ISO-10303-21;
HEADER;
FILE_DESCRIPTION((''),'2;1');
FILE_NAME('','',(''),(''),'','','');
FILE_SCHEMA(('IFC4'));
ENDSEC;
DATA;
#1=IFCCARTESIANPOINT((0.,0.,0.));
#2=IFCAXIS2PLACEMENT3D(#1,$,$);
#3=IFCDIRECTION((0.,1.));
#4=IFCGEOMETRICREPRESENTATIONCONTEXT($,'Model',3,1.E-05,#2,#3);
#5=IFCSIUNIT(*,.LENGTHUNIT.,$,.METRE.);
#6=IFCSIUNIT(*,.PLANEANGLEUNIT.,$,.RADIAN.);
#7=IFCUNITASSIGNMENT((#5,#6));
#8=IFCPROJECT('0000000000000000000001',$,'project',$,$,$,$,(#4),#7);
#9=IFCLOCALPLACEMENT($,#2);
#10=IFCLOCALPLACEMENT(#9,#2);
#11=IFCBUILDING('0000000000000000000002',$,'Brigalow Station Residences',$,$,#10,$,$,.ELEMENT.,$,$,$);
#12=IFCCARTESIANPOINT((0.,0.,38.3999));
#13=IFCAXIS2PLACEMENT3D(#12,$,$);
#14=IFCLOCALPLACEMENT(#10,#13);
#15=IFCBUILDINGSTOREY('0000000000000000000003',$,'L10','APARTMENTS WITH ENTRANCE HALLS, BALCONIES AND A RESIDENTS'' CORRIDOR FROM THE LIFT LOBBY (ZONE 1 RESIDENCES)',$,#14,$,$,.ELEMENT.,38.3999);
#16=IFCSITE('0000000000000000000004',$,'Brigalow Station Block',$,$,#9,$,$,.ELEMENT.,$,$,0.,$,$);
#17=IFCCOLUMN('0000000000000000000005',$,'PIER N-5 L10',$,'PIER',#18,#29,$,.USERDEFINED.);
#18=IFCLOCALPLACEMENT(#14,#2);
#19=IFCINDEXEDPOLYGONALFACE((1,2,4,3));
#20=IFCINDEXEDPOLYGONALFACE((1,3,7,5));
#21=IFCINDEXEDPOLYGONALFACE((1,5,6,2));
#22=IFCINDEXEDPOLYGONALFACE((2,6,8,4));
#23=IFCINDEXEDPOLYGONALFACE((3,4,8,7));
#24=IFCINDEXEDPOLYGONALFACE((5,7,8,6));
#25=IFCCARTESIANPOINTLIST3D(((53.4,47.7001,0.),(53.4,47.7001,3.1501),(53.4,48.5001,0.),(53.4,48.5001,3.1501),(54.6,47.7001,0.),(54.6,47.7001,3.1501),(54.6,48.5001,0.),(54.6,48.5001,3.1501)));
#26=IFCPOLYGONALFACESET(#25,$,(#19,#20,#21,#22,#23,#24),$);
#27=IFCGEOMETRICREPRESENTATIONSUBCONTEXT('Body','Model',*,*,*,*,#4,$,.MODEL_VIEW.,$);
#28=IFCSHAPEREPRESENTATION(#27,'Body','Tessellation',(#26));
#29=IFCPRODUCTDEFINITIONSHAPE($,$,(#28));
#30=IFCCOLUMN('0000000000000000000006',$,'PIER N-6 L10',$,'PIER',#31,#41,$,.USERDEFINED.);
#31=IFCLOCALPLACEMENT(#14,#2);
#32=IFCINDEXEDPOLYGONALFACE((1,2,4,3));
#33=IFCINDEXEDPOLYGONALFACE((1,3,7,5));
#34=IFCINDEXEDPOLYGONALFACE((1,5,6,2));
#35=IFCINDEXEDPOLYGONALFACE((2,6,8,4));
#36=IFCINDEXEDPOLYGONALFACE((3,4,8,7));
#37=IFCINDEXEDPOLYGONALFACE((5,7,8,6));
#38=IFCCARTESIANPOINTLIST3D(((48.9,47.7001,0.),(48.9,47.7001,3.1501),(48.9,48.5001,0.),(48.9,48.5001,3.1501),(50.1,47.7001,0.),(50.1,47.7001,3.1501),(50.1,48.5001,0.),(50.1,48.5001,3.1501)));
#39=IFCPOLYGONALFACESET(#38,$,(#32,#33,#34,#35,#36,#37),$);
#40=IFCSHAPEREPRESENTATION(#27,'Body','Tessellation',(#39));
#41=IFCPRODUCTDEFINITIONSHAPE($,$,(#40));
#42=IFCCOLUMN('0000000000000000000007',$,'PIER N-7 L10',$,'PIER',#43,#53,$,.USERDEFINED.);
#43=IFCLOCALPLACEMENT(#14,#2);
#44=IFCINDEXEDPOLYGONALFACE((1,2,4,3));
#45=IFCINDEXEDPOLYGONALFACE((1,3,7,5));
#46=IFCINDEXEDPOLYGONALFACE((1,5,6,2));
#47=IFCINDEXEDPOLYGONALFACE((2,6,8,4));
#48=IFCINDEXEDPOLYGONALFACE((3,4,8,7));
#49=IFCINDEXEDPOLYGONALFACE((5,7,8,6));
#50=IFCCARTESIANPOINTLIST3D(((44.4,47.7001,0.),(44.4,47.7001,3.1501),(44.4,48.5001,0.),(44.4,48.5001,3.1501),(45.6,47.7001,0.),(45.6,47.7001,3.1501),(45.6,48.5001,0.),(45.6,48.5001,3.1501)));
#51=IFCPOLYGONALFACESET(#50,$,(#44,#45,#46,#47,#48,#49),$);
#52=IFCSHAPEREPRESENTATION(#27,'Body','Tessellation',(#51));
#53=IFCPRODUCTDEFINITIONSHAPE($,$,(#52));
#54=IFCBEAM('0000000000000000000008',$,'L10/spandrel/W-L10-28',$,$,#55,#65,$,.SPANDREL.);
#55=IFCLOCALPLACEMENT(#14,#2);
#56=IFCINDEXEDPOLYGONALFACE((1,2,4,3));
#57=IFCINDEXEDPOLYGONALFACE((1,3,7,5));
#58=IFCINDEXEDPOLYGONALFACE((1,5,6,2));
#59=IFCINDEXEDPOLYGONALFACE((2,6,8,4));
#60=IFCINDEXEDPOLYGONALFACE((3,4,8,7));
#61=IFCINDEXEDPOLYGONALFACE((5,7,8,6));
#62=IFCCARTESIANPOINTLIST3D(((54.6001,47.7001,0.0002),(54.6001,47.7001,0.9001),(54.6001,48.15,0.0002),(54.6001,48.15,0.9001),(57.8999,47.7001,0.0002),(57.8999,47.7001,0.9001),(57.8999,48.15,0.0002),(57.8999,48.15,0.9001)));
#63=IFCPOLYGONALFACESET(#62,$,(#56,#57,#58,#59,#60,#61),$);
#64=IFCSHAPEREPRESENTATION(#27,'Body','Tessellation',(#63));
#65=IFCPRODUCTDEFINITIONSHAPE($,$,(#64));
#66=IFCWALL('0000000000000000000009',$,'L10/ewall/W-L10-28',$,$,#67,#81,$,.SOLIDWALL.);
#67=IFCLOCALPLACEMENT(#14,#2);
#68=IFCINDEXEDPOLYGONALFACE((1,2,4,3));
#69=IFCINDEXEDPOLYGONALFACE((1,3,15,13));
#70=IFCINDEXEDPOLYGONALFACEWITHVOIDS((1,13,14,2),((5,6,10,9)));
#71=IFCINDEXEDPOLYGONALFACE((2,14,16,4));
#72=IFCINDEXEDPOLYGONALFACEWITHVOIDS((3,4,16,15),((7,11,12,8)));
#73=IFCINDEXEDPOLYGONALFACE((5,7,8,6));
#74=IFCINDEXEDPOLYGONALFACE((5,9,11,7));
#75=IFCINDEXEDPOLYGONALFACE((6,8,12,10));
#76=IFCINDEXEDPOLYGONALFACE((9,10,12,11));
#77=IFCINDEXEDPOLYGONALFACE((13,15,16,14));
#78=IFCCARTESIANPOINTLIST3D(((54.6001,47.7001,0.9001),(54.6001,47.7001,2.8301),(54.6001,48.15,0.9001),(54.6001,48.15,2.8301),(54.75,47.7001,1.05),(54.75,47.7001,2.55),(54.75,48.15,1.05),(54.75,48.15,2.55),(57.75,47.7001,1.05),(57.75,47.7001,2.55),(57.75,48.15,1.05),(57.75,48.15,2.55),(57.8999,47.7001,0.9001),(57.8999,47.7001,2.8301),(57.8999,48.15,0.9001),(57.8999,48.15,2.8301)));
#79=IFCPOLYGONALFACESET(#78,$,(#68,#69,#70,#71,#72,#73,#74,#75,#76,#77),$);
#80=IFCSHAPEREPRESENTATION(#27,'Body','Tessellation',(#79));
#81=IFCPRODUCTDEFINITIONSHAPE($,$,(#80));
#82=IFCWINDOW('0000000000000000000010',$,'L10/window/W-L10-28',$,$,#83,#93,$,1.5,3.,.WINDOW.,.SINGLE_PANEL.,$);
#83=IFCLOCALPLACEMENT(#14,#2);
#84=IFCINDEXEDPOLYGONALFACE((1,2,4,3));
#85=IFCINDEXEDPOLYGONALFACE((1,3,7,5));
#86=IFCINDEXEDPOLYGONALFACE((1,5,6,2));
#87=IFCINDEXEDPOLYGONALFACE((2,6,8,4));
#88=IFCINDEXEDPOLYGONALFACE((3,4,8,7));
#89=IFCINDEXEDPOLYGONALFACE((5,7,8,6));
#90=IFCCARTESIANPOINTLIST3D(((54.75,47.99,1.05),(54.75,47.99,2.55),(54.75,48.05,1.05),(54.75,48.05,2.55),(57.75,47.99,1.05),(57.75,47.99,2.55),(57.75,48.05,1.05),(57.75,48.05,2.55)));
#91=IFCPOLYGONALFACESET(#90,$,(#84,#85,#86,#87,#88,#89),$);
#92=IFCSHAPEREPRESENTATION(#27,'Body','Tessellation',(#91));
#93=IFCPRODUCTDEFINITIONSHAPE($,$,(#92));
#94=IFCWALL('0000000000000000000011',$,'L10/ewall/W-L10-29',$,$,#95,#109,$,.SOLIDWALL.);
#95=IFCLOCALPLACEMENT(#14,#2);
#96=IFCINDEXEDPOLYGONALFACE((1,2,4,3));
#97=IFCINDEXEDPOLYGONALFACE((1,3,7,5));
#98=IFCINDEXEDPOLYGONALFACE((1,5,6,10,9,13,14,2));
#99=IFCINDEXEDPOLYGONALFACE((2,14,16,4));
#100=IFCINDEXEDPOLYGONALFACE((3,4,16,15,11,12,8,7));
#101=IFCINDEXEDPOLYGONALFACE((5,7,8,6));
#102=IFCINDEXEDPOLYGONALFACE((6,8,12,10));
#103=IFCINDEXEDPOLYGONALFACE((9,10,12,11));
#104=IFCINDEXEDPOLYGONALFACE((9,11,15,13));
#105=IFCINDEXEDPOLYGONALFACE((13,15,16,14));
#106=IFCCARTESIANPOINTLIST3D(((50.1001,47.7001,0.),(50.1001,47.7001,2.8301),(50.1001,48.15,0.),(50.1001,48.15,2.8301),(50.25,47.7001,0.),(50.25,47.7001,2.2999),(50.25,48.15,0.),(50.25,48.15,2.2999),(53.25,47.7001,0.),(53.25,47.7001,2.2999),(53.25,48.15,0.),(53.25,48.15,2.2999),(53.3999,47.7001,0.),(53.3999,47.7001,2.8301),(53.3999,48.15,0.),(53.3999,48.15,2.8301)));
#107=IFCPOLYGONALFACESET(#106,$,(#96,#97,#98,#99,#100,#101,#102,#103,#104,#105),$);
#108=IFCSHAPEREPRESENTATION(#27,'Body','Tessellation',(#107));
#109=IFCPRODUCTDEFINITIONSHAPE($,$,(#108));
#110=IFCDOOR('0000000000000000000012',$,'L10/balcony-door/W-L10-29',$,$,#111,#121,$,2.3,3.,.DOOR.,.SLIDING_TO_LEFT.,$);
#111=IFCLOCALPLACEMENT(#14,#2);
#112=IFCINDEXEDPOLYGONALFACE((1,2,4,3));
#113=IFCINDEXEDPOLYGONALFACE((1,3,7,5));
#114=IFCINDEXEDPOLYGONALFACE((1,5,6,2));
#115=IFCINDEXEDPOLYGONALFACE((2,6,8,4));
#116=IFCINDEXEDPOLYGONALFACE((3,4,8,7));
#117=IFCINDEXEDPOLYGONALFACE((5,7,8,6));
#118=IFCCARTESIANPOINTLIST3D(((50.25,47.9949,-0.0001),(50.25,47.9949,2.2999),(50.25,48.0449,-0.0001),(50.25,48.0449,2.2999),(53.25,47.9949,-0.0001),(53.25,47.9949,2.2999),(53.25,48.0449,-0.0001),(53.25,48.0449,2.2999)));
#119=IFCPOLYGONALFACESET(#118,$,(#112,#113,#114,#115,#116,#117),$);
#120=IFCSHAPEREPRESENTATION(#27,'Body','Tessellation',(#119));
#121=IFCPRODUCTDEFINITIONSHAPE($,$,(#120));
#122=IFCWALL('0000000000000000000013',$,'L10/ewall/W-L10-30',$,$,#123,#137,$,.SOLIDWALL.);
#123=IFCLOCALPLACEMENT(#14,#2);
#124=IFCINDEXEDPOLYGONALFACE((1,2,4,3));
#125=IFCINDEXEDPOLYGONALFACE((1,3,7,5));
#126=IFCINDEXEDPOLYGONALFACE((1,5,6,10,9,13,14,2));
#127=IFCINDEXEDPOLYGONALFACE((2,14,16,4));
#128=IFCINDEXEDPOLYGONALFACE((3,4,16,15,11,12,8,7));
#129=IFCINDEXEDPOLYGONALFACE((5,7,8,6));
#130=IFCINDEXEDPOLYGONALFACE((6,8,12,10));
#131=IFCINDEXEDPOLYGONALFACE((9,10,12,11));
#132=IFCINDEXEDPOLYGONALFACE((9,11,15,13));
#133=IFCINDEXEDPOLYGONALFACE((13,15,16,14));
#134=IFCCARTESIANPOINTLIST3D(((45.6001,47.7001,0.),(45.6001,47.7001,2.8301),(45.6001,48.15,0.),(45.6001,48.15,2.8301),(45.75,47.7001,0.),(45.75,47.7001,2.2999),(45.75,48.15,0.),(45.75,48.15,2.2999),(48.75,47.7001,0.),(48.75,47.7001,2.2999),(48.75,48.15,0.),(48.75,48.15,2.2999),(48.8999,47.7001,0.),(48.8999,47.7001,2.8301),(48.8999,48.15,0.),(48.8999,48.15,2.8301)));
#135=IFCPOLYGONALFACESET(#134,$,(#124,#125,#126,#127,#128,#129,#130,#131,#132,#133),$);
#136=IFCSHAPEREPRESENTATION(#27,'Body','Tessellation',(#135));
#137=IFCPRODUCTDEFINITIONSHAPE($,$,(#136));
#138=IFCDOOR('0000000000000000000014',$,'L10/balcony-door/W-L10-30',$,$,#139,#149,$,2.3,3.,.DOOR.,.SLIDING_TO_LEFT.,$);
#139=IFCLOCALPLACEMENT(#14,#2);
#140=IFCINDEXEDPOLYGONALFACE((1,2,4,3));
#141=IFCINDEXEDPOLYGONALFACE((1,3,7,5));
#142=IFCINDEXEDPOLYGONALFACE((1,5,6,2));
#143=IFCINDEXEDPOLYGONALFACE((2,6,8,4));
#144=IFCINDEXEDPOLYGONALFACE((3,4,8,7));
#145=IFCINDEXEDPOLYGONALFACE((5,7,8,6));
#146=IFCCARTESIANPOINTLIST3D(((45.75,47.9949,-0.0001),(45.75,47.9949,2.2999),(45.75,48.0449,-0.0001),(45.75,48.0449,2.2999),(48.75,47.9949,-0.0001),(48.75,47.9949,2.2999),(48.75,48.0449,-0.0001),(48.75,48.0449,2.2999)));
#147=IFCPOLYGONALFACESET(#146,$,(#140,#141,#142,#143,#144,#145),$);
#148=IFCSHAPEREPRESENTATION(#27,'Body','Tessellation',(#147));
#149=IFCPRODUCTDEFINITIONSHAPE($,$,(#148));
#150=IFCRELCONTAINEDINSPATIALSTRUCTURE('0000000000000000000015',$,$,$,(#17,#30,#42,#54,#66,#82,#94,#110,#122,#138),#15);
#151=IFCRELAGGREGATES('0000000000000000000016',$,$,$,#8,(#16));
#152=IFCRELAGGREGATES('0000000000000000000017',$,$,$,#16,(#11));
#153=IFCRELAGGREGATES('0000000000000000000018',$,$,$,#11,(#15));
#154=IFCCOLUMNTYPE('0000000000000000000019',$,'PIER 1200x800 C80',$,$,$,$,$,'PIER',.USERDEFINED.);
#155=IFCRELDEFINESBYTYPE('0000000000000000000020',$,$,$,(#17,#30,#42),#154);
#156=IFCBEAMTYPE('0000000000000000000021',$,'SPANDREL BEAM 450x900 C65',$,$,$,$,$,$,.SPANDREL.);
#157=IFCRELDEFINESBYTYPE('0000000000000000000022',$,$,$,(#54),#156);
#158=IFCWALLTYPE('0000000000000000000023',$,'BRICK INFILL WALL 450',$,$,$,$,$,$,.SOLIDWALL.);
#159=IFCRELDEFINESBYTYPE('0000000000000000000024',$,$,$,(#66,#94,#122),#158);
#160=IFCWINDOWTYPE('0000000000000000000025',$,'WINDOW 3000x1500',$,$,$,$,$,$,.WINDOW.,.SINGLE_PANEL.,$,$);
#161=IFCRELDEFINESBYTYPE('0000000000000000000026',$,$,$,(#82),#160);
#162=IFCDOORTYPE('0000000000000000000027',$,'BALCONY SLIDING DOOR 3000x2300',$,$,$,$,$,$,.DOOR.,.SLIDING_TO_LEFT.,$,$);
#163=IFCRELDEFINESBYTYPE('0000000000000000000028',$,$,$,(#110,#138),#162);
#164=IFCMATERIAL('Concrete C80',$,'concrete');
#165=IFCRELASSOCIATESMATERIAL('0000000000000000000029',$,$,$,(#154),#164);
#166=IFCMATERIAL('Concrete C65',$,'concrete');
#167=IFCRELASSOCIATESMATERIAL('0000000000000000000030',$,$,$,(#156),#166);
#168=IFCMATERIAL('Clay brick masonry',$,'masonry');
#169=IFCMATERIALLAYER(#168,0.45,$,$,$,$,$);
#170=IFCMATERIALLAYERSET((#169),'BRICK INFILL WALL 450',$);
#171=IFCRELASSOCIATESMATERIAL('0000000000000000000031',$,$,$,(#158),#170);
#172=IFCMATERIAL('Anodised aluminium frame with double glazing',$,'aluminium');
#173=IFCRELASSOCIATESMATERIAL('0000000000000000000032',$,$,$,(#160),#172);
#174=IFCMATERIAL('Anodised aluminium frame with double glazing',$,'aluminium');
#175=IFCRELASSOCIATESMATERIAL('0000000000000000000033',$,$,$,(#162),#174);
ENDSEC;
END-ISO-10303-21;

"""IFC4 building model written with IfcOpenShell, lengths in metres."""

from ifc_helpers import new_model, si_unit, direction, frame, frame_2d, origin, origin_2d, place, context, subcontext, project, spatial, rectangle, extrude, material, layer, layer_set, material_profile, profile_set, type_object, element, fill, save


model = new_model("IFC4")

# Units and contexts
model_context = context("Model", 3, precision=1e-05, world=origin(), true_north=direction((0.0, 1.0)))
body_context = subcontext(model_context, "Body", "Model", "MODEL_VIEW")
ifc_project = project(units=[si_unit("LENGTHUNIT", "METRE"), si_unit("PLANEANGLEUNIT", "RADIAN")], contexts=[model_context])

# Site, building, storey
site_placement = place(None, origin())
site = spatial("IfcSite", under=ifc_project, at=site_placement, Name="Brigalow Station Block", CompositionType="ELEMENT", RefElevation=0.0)
building_placement = place(site_placement, origin())
building = spatial("IfcBuilding", under=site, at=building_placement, Name="Brigalow Station Residences", CompositionType="ELEMENT")
storey_placement = place(building_placement, frame((0.0, 0.0, 38.3999)))
storey = spatial("IfcBuildingStorey", under=building, at=storey_placement, Name="L10", Description="APARTMENTS WITH ENTRANCE HALLS, BALCONIES AND A RESIDENTS' CORRIDOR FROM THE LIFT LOBBY (ZONE 1 RESIDENCES)", CompositionType="ELEMENT", Elevation=38.3999)

# Columns
ifc_material_1 = material(Name="Concrete C80", Category="concrete")
ifc_material_profile_1 = material_profile(ifc_material_1, rectangle(XDim=1.2, YDim=0.8, at=origin_2d()), Name="RC1200x800")
ifc_profile_set_1 = profile_set([ifc_material_profile_1], Name="Concrete C80")
column_type = type_object("IfcColumnType", Name="PIER 1200x800 C80", ElementType="PIER", PredefinedType="USERDEFINED", material=ifc_profile_set_1)
for number, where, z_axis, x_axis, name in (
    (1, (54.0, 48.1001, 0.0), (0.0, 0.0, 1.0), (-1.0, 0.0, 0.0), "PIER N-5 L10"),
    (2, (49.5, 48.1001, 0.0), (0.0, 0.0, 1.0), (-1.0, 0.0, 0.0), "PIER N-6 L10"),
    (3, (45.0, 48.1001, 0.0), (0.0, 0.0, 1.0), (-1.0, 0.0, 0.0), "PIER N-7 L10"),
):
    element("IfcColumn", number, at=place(storey_placement, frame(where, z_axis=z_axis, x_axis=x_axis)), inside=storey, type_object=column_type, Name=name, ObjectType="PIER", PredefinedType="USERDEFINED", context=body_context, shape_type="SweptSolid", body=[
        extrude(rectangle(XDim=1.2, YDim=0.8, at=origin_2d()), origin(), (0.0, 0.0, 1.0), 3.1501),
    ])

# Beam
ifc_material_2 = material(Name="Concrete C65", Category="concrete")
ifc_material_profile_2 = material_profile(ifc_material_2, rectangle(XDim=0.45, YDim=0.8999, at=origin_2d()), Name="RC450x900")
ifc_profile_set_2 = profile_set([ifc_material_profile_2], Name="Concrete C65")
beam_type = type_object("IfcBeamType", Name="SPANDREL BEAM 450x900 C65", PredefinedType="SPANDREL", material=ifc_profile_set_2)
beam_placement = place(storey_placement, frame((57.8999, 47.925, 0.4502), z_axis=(-1.0, 0.0, 0.0), x_axis=(0.0, -1.0, 0.0)))
element("IfcBeam", 4, at=beam_placement, inside=storey, type_object=beam_type, Name="L10/spandrel/W-L10-28", PredefinedType="SPANDREL", context=body_context, shape_type="SweptSolid", body=[
    extrude(rectangle(XDim=0.45, YDim=0.8999, at=origin_2d()), origin(), (0.0, 0.0, 1.0), 3.2998),
])

# Wall, opening, window
ifc_material_3 = material(Name="Clay brick masonry", Category="masonry")
ifc_layer_1 = layer(ifc_material_3, 0.45)
ifc_layer_set_1 = layer_set([ifc_layer_1], Name="BRICK INFILL WALL 450")
wall_type_1 = type_object("IfcWallType", Name="BRICK INFILL WALL 450", PredefinedType="SOLIDWALL", material=ifc_layer_set_1)
wall_1_placement = place(storey_placement, frame((57.8999, 47.925, 0.9001), z_axis=(0.0, 0.0, 1.0), x_axis=(-1.0, 0.0, 0.0)))
wall_1 = element("IfcWall", 5, at=wall_1_placement, inside=storey, type_object=wall_type_1, Name="L10/ewall/W-L10-28", PredefinedType="SOLIDWALL", context=body_context, shape_type="SweptSolid", body=[
    extrude(rectangle(XDim=3.2998, YDim=0.45, at=frame_2d((1.6499, 0.0))), origin(), (0.0, 0.0, 1.0), 1.9299),
])
opening_1_placement = place(wall_1_placement, frame((0.1499, 0.0, 0.1499)))
opening_1 = element("IfcOpeningElement", 6, at=opening_1_placement, cuts=wall_1, PredefinedType="OPENING", context=body_context, shape_type="SweptSolid", body=[
    extrude(rectangle(XDim=3.0, YDim=1.5, at=frame_2d((1.5, 0.75))), frame((0.0, 0.2349, 0.0), z_axis=(0.0, -1.0, 0.0), x_axis=(1.0, 0.0, 0.0)), (0.0, 0.0, 1.0), 0.47),
])
ifc_material_4 = material(Name="Anodised aluminium frame with double glazing", Category="aluminium")
window_type = type_object("IfcWindowType", Name="WINDOW 3000x1500", PartitioningType="SINGLE_PANEL", PredefinedType="WINDOW", material=ifc_material_4)
window_placement = place(opening_1_placement, origin())
window = element("IfcWindow", 7, at=window_placement, inside=storey, type_object=window_type, Name="L10/window/W-L10-28", OverallHeight=1.5, OverallWidth=3.0, PartitioningType="SINGLE_PANEL", PredefinedType="WINDOW", context=body_context, shape_type="SweptSolid", body=[
    extrude(rectangle(XDim=3.0, YDim=1.5, at=frame_2d((1.5, 0.75))), frame((0.0, -0.0649, 0.0), z_axis=(0.0, -1.0, 0.0), x_axis=(1.0, 0.0, 0.0)), (0.0, 0.0, 1.0), 0.0601),
])
fill(opening_1, window)

# Walls, openings, doors
wall_2_placement = place(storey_placement, frame((53.3999, 47.925, 0.0), z_axis=(0.0, 0.0, 1.0), x_axis=(-1.0, 0.0, 0.0)))
wall_2 = element("IfcWall", 8, at=wall_2_placement, inside=storey, type_object=wall_type_1, Name="L10/ewall/W-L10-29", PredefinedType="SOLIDWALL", context=body_context, shape_type="SweptSolid", body=[
    extrude(rectangle(XDim=3.2998, YDim=0.45, at=frame_2d((1.6499, 0.0))), origin(), (0.0, 0.0, 1.0), 2.8301),
])
opening_2_placement = place(wall_2_placement, frame((0.1499, 0.0, 0.0)))
opening_2 = element("IfcOpeningElement", 9, at=opening_2_placement, cuts=wall_2, PredefinedType="OPENING", context=body_context, shape_type="SweptSolid", body=[
    extrude(rectangle(XDim=3.0, YDim=2.3, at=frame_2d((1.5, 1.1499))), frame((0.0, 0.2349, 0.0), z_axis=(0.0, -1.0, 0.0), x_axis=(1.0, 0.0, 0.0)), (0.0, 0.0, 1.0), 0.47),
])
ifc_material_5 = material(Name="Anodised aluminium frame with double glazing", Category="aluminium")
door_type_1 = type_object("IfcDoorType", Name="BALCONY SLIDING DOOR 3000x2300", OperationType="SLIDING_TO_LEFT", PredefinedType="DOOR", material=ifc_material_5)
door_1_placement = place(opening_2_placement, origin())
door_1 = element("IfcDoor", 10, at=door_1_placement, inside=storey, type_object=door_type_1, Name="L10/balcony-door/W-L10-29", OperationType="SLIDING_TO_LEFT", OverallHeight=2.3, OverallWidth=3.0, PredefinedType="DOOR", context=body_context, shape_type="SweptSolid", body=[
    extrude(rectangle(XDim=3.0, YDim=2.3, at=frame_2d((1.5, 1.1499))), frame((0.0, -0.0698, 0.0), z_axis=(0.0, -1.0, 0.0), x_axis=(1.0, 0.0, 0.0)), (0.0, 0.0, 1.0), 0.05),
])
fill(opening_2, door_1)
wall_3_placement = place(storey_placement, frame((48.8999, 47.925, 0.0), z_axis=(0.0, 0.0, 1.0), x_axis=(-1.0, 0.0, 0.0)))
wall_3 = element("IfcWall", 11, at=wall_3_placement, inside=storey, type_object=wall_type_1, Name="L10/ewall/W-L10-30", PredefinedType="SOLIDWALL", context=body_context, shape_type="SweptSolid", body=[
    extrude(rectangle(XDim=3.2998, YDim=0.45, at=frame_2d((1.6499, 0.0))), origin(), (0.0, 0.0, 1.0), 2.8301),
])
opening_3_placement = place(wall_3_placement, frame((0.1499, 0.0, 0.0)))
opening_3 = element("IfcOpeningElement", 12, at=opening_3_placement, cuts=wall_3, PredefinedType="OPENING", context=body_context, shape_type="SweptSolid", body=[
    extrude(rectangle(XDim=3.0, YDim=2.3, at=frame_2d((1.5, 1.1499))), frame((0.0, 0.2349, 0.0), z_axis=(0.0, -1.0, 0.0), x_axis=(1.0, 0.0, 0.0)), (0.0, 0.0, 1.0), 0.47),
])
door_2_placement = place(opening_3_placement, origin())
door_2 = element("IfcDoor", 13, at=door_2_placement, inside=storey, type_object=door_type_1, Name="L10/balcony-door/W-L10-30", OperationType="SLIDING_TO_LEFT", OverallHeight=2.3, OverallWidth=3.0, PredefinedType="DOOR", context=body_context, shape_type="SweptSolid", body=[
    extrude(rectangle(XDim=3.0, YDim=2.3, at=frame_2d((1.5, 1.1499))), frame((0.0, -0.0698, 0.0), z_axis=(0.0, -1.0, 0.0), x_axis=(1.0, 0.0, 0.0)), (0.0, 0.0, 1.0), 0.05),
])
fill(opening_3, door_2)

save(model, "model.ifc")
